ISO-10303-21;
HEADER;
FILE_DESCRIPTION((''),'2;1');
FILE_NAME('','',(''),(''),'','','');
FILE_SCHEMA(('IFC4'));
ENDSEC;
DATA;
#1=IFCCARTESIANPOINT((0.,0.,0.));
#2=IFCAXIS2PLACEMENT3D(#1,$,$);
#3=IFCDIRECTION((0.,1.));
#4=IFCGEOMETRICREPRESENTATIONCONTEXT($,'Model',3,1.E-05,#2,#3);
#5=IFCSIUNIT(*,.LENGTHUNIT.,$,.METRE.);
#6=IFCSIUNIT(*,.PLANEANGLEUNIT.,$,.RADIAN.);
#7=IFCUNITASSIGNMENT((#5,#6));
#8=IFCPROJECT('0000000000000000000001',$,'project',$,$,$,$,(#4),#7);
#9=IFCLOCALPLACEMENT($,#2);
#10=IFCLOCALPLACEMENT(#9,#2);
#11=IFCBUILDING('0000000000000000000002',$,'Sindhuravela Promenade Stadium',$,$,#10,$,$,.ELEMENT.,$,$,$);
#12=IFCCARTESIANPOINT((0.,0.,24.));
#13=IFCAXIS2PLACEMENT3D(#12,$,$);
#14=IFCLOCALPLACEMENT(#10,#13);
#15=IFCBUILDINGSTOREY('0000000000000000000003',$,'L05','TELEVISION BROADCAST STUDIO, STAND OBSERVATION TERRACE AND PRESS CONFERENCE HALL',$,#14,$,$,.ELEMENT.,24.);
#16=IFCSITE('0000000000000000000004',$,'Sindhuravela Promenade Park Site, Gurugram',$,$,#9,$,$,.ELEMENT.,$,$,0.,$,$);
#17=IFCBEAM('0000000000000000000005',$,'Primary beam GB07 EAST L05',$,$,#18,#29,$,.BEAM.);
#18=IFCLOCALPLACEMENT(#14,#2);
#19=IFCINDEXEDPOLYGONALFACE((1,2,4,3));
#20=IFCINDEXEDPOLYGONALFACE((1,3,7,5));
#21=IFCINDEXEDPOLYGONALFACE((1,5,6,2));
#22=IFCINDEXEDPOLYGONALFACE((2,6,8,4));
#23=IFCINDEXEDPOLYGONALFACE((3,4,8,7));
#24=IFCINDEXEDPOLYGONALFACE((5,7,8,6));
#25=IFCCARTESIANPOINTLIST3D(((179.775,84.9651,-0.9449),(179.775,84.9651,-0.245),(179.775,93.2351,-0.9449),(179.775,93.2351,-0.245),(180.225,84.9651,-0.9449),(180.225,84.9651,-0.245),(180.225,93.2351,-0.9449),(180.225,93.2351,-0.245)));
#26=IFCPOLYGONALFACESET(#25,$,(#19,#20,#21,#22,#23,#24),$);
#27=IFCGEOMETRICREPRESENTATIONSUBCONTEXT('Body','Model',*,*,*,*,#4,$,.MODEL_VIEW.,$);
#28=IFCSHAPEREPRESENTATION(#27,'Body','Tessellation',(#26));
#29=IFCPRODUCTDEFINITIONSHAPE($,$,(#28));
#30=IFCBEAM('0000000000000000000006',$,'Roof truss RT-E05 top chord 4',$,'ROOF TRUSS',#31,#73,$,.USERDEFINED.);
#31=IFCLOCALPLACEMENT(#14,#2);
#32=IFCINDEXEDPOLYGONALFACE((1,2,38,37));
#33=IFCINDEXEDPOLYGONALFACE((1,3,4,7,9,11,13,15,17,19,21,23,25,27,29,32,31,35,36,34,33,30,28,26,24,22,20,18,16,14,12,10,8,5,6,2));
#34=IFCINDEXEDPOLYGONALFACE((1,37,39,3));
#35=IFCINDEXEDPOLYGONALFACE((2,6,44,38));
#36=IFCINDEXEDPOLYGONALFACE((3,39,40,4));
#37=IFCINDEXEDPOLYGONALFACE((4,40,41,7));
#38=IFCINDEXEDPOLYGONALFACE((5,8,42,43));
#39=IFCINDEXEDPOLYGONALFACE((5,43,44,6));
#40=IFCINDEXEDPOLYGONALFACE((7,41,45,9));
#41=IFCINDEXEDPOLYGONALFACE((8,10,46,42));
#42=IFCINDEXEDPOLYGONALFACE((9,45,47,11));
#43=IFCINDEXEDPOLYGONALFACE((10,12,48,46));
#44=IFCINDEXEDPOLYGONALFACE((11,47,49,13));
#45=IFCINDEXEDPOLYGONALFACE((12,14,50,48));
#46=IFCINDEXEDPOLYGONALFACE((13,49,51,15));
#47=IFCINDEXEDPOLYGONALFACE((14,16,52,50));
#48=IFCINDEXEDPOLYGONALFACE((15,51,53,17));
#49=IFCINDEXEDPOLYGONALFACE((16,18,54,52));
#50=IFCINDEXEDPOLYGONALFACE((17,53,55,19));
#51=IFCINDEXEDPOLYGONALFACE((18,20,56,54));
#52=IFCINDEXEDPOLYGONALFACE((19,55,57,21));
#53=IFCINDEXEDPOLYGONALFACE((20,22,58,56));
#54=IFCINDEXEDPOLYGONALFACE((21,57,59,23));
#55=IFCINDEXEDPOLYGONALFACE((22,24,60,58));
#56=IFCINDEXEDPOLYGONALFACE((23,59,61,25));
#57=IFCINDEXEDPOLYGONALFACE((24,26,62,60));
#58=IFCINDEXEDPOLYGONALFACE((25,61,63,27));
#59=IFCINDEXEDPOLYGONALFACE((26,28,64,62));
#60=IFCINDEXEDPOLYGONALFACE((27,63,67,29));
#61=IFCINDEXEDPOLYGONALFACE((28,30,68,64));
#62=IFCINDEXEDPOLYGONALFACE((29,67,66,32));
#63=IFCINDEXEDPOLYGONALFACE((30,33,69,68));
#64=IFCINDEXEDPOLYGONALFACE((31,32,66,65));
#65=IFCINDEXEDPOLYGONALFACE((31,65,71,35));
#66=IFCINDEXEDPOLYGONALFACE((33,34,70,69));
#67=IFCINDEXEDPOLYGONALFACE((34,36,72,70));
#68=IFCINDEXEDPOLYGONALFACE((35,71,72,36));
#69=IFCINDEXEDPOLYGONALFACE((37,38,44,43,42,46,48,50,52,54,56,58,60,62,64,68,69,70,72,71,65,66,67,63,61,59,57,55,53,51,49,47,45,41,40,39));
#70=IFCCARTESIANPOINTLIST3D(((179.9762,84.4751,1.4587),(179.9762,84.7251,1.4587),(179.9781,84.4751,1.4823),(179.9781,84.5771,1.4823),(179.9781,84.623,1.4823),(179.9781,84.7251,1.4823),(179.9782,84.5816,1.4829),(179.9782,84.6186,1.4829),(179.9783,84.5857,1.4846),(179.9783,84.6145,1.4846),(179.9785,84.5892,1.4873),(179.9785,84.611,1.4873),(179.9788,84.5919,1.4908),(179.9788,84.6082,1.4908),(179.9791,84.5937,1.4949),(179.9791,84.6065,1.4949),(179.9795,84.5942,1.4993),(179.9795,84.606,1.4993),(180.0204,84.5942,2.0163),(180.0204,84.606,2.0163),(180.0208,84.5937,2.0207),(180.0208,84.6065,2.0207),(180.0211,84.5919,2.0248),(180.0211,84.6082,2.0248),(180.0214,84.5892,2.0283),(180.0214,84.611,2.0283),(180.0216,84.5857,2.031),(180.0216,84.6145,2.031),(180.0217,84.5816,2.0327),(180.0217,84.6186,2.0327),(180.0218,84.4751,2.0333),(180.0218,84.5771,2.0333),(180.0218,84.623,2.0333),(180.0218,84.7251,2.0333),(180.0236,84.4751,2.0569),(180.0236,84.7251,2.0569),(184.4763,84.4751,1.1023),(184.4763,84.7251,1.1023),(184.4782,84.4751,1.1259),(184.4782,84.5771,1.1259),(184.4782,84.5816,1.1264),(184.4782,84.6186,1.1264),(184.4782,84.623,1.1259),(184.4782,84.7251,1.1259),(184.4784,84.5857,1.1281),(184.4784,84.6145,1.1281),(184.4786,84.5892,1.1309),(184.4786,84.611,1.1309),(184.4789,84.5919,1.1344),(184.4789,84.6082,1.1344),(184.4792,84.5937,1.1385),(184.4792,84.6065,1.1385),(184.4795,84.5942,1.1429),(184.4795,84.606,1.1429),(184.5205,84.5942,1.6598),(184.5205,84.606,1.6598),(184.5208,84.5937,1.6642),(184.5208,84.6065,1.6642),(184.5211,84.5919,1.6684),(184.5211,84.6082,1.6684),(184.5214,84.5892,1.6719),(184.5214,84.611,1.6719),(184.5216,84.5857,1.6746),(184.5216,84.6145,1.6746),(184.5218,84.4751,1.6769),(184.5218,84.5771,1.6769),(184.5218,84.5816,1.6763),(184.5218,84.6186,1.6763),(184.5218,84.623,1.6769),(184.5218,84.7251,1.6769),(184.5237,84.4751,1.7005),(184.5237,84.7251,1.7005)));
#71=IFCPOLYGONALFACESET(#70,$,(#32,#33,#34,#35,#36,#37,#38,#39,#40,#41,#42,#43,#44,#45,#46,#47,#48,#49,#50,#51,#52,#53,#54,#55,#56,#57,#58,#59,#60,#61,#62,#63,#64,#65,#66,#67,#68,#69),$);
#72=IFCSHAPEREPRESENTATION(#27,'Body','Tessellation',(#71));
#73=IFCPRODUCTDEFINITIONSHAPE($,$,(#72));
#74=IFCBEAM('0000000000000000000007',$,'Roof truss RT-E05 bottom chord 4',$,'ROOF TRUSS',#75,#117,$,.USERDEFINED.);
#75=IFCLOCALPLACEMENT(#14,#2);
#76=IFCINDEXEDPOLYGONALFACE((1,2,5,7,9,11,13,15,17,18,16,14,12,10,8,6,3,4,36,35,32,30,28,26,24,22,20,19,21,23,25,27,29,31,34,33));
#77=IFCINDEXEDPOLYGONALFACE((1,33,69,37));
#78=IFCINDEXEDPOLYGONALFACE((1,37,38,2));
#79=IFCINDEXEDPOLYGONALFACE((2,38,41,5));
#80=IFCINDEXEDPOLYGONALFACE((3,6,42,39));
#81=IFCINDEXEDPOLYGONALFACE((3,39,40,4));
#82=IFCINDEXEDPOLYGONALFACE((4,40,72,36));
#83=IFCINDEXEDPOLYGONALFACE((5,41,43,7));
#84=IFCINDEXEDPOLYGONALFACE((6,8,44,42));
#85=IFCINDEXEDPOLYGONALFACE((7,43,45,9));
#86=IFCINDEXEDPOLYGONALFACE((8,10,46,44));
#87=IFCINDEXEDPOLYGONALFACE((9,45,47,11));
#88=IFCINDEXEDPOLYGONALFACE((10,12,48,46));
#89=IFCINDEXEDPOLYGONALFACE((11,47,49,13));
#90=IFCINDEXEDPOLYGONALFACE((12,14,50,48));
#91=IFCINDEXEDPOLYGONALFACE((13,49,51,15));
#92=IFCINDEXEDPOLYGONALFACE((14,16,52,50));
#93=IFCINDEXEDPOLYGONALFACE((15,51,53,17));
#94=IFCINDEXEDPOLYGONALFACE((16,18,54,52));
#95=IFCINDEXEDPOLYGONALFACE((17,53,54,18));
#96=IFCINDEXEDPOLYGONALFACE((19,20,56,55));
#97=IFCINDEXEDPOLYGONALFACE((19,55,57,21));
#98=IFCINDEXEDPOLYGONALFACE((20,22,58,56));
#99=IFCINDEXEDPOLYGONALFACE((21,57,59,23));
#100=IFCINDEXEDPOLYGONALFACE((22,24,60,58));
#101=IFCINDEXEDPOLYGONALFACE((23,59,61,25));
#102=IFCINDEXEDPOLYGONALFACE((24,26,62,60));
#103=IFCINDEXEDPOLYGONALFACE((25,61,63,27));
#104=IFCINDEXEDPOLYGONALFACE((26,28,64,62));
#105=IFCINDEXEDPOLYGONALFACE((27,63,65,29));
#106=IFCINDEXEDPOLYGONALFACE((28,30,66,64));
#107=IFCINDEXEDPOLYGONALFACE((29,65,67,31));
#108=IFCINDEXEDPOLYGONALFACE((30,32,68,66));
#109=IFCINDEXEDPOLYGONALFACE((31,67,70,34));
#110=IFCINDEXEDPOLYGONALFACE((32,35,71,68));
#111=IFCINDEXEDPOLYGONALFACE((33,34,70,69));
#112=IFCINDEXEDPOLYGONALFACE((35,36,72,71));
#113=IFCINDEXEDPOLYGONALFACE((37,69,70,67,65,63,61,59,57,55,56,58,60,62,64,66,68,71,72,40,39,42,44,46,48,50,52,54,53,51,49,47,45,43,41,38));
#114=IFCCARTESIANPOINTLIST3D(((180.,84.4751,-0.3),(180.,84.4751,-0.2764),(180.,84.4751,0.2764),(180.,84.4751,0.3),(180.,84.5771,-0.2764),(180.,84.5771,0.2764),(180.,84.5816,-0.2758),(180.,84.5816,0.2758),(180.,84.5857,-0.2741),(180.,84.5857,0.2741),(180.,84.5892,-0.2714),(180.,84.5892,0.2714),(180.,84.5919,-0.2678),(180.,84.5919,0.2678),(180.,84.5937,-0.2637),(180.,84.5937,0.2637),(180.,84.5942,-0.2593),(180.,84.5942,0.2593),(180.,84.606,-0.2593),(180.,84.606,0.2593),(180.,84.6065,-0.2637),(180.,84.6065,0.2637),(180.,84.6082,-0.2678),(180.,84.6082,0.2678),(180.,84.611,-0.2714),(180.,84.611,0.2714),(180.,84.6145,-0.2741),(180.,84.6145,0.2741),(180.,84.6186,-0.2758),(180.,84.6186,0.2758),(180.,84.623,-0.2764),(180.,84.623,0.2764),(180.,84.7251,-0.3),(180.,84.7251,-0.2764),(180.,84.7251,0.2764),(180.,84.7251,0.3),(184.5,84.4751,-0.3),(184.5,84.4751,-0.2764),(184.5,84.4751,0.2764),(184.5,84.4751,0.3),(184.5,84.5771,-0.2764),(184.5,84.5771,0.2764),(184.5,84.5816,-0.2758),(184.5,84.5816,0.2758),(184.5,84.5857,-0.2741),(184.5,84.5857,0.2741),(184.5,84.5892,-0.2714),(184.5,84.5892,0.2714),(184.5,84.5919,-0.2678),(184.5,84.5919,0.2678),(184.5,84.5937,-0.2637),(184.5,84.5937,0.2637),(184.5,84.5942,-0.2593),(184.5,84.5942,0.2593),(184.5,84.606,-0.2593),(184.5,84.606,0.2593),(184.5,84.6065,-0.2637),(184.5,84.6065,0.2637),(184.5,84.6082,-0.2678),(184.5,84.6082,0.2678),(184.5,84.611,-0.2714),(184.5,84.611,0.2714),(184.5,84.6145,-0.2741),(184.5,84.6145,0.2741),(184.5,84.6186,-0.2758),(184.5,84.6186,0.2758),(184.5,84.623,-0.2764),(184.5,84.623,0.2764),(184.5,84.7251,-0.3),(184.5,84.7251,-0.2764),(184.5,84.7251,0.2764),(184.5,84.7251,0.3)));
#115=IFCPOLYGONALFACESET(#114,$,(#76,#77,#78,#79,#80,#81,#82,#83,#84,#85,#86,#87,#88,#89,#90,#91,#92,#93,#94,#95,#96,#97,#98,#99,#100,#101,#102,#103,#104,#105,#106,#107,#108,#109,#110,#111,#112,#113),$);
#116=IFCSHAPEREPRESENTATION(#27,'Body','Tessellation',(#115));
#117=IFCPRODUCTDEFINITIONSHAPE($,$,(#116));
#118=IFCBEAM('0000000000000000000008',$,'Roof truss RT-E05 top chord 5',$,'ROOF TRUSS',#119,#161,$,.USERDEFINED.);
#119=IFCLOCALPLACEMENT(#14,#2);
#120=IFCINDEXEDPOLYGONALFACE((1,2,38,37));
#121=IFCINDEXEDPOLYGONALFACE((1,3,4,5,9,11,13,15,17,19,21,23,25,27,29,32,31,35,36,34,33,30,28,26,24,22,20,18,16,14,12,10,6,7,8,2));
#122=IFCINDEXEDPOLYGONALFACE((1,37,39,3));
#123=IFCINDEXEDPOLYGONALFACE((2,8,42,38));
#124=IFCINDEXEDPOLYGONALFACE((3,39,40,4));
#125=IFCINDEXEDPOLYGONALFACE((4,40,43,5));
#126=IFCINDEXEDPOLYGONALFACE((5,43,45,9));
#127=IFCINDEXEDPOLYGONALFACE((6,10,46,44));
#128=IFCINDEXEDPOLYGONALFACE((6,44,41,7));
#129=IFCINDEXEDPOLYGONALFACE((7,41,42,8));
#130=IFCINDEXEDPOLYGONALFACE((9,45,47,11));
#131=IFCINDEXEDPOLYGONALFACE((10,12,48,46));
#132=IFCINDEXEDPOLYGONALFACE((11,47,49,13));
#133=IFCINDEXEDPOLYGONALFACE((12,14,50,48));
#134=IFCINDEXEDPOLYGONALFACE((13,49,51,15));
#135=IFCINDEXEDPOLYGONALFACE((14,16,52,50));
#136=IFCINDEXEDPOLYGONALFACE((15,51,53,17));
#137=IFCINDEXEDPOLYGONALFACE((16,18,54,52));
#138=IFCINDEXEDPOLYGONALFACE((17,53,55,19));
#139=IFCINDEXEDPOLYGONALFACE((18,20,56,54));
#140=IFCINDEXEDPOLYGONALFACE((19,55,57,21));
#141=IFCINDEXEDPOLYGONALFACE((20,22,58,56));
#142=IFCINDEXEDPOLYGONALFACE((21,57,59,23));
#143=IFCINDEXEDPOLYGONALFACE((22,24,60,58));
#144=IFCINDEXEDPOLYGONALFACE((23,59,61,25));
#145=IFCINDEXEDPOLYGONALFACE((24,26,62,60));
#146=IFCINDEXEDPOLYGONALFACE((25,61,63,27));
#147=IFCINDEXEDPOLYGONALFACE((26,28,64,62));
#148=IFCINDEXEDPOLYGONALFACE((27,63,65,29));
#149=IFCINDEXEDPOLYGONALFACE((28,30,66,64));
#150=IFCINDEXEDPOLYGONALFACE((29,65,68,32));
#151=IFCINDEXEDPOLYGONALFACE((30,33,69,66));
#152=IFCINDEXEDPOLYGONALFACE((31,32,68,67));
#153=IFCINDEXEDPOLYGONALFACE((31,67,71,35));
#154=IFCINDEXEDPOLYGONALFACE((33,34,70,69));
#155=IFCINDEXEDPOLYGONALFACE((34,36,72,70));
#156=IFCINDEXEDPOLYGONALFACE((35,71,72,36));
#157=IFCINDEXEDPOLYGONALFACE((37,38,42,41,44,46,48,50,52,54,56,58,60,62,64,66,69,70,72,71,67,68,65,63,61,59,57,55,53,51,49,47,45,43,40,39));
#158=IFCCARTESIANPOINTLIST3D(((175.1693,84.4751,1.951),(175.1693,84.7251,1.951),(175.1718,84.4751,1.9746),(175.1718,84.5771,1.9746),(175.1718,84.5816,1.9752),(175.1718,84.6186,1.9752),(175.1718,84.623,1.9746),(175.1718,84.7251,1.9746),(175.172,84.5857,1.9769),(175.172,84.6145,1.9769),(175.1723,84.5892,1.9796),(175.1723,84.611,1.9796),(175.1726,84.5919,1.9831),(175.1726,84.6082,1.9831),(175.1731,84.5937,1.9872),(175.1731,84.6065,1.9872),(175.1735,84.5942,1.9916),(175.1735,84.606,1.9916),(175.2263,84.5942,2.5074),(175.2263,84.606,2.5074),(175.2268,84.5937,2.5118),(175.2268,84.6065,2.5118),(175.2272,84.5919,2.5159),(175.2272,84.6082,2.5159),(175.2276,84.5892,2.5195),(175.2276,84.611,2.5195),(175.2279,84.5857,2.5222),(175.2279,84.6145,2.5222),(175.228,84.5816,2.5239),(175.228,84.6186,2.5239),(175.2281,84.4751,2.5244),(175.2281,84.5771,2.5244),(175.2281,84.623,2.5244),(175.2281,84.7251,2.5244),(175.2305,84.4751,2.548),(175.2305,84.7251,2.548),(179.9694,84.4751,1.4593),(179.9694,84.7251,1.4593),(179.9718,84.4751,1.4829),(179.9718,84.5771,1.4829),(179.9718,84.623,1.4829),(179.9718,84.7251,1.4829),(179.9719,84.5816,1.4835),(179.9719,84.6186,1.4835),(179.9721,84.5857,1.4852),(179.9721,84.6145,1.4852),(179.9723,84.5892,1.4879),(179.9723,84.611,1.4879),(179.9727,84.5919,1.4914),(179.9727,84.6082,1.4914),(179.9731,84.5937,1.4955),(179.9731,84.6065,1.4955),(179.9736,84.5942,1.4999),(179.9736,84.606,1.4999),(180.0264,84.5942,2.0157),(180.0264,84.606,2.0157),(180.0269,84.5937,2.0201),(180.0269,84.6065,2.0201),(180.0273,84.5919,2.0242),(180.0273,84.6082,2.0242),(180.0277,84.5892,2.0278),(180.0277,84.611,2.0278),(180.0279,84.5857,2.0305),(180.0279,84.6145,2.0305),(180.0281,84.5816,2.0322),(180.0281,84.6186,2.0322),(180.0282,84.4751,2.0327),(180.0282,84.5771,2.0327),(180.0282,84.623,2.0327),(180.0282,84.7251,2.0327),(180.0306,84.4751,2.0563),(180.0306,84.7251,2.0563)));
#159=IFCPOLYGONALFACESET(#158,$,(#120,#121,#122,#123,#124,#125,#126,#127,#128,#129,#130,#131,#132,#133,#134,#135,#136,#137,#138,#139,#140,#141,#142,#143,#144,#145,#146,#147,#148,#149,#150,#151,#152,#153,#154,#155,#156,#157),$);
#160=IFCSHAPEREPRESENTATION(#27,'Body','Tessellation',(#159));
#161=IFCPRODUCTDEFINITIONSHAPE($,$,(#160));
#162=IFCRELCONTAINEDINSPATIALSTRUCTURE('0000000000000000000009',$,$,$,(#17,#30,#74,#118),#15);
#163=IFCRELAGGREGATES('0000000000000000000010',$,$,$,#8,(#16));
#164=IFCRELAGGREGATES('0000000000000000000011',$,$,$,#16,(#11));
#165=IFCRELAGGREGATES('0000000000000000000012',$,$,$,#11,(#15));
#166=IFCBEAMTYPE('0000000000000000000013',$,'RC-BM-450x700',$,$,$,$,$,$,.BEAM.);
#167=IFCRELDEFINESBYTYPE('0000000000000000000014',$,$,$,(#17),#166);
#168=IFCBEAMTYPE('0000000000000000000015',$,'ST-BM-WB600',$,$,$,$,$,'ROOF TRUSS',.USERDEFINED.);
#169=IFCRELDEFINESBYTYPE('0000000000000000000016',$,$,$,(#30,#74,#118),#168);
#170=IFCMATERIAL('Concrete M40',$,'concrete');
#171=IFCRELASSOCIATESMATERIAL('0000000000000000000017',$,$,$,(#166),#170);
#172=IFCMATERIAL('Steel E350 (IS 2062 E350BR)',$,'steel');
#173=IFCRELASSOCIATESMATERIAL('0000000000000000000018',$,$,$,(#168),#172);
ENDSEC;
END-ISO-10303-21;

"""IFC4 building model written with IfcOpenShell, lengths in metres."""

from ifc_helpers import new_model, si_unit, direction, frame, origin, origin_2d, place, context, subcontext, project, spatial, rectangle, i_section, extrude, material, material_profile, profile_set, type_object, element, save


model = new_model("IFC4")

# Units and contexts
model_context = context("Model", 3, precision=1e-05, world=origin(), true_north=direction((0.0, 1.0)))
body_context = subcontext(model_context, "Body", "Model", "MODEL_VIEW")
ifc_project = project(units=[si_unit("LENGTHUNIT", "METRE"), si_unit("PLANEANGLEUNIT", "RADIAN")], contexts=[model_context])

# Site, building, storey
site_placement = place(None, origin())
site = spatial("IfcSite", under=ifc_project, at=site_placement, Name="Sindhuravela Promenade Park Site, Gurugram", CompositionType="ELEMENT", RefElevation=0.0)
building_placement = place(site_placement, origin())
building = spatial("IfcBuilding", under=site, at=building_placement, Name="Sindhuravela Promenade Stadium", CompositionType="ELEMENT")
storey_placement = place(building_placement, frame((0.0, 0.0, 24.0)))
storey = spatial("IfcBuildingStorey", under=building, at=storey_placement, Name="L05", Description="TELEVISION BROADCAST STUDIO, STAND OBSERVATION TERRACE AND PRESS CONFERENCE HALL", CompositionType="ELEMENT", Elevation=24.0)

# Beams
ifc_material_1 = material(Name="Concrete M40", Category="concrete")
ifc_material_profile_1 = material_profile(ifc_material_1, rectangle(XDim=0.45, YDim=0.7, at=origin_2d()), Name="RC 450x700")
ifc_profile_set_1 = profile_set([ifc_material_profile_1], Name="Concrete M40")
beam_type_1 = type_object("IfcBeamType", Name="RC-BM-450x700", PredefinedType="BEAM", material=ifc_profile_set_1)
beam_1_placement = place(storey_placement, frame((180.0, 84.9651, -0.595), z_axis=(0.0, 1.0, 0.0), x_axis=(-1.0, 0.0, 0.0)))
element("IfcBeam", 1, at=beam_1_placement, inside=storey, type_object=beam_type_1, Name="Primary beam GB07 EAST L05", PredefinedType="BEAM", context=body_context, shape_type="SweptSolid", body=[
    extrude(rectangle(XDim=0.45, YDim=0.7, at=origin_2d()), origin(), (0.0, 0.0, 1.0), 8.27),
])
ifc_material_2 = material(Name="Steel E350 (IS 2062 E350BR)", Category="steel")
ifc_material_profile_2 = material_profile(ifc_material_2, i_section(OverallWidth=0.25, OverallDepth=0.6001, WebThickness=0.0117, FlangeThickness=0.0237, FilletRadius=0.0171, at=origin_2d()), Name="ISWB 600")
ifc_profile_set_2 = profile_set([ifc_material_profile_2], Name="Steel E350 (IS 2062 E350BR)")
beam_type_2 = type_object("IfcBeamType", Name="ST-BM-WB600", ElementType="ROOF TRUSS", PredefinedType="USERDEFINED", material=ifc_profile_set_2)
beam_2_placement = place(storey_placement, frame((184.5, 84.6001, 1.4014), z_axis=(-0.996878, 0.0, 0.078963), x_axis=(0.0, -1.0, 0.0)))
element("IfcBeam", 2, at=beam_2_placement, inside=storey, type_object=beam_type_2, Name="Roof truss RT-E05 top chord 4", ObjectType="ROOF TRUSS", PredefinedType="USERDEFINED", context=body_context, shape_type="SweptSolid", body=[
    extrude(i_section(OverallWidth=0.25, OverallDepth=0.6001, WebThickness=0.0117, FlangeThickness=0.0237, FilletRadius=0.0171, at=origin_2d()), origin(), (0.0, 0.0, 1.0), 4.5142),
])
beam_3_placement = place(storey_placement, frame((184.5, 84.6001, 0.0), z_axis=(-1.0, 0.0, 0.0), x_axis=(0.0, -1.0, 0.0)))
element("IfcBeam", 3, at=beam_3_placement, inside=storey, type_object=beam_type_2, Name="Roof truss RT-E05 bottom chord 4", ObjectType="ROOF TRUSS", PredefinedType="USERDEFINED", context=body_context, shape_type="SweptSolid", body=[
    extrude(i_section(OverallWidth=0.25, OverallDepth=0.6001, WebThickness=0.0117, FlangeThickness=0.0237, FilletRadius=0.0171, at=origin_2d()), origin(), (0.0, 0.0, 1.0), 4.5),
])
beam_4_placement = place(storey_placement, frame((180.0, 84.6001, 1.7578), z_axis=(-0.994794, 0.0, 0.101903), x_axis=(0.0, -1.0, 0.0)))
element("IfcBeam", 4, at=beam_4_placement, inside=storey, type_object=beam_type_2, Name="Roof truss RT-E05 top chord 5", ObjectType="ROOF TRUSS", PredefinedType="USERDEFINED", context=body_context, shape_type="SweptSolid", body=[
    extrude(i_section(OverallWidth=0.25, OverallDepth=0.6001, WebThickness=0.0117, FlangeThickness=0.0237, FilletRadius=0.0171, at=origin_2d()), origin(), (0.0, 0.0, 1.0), 4.8252),
])

save(model, "model.ifc")
